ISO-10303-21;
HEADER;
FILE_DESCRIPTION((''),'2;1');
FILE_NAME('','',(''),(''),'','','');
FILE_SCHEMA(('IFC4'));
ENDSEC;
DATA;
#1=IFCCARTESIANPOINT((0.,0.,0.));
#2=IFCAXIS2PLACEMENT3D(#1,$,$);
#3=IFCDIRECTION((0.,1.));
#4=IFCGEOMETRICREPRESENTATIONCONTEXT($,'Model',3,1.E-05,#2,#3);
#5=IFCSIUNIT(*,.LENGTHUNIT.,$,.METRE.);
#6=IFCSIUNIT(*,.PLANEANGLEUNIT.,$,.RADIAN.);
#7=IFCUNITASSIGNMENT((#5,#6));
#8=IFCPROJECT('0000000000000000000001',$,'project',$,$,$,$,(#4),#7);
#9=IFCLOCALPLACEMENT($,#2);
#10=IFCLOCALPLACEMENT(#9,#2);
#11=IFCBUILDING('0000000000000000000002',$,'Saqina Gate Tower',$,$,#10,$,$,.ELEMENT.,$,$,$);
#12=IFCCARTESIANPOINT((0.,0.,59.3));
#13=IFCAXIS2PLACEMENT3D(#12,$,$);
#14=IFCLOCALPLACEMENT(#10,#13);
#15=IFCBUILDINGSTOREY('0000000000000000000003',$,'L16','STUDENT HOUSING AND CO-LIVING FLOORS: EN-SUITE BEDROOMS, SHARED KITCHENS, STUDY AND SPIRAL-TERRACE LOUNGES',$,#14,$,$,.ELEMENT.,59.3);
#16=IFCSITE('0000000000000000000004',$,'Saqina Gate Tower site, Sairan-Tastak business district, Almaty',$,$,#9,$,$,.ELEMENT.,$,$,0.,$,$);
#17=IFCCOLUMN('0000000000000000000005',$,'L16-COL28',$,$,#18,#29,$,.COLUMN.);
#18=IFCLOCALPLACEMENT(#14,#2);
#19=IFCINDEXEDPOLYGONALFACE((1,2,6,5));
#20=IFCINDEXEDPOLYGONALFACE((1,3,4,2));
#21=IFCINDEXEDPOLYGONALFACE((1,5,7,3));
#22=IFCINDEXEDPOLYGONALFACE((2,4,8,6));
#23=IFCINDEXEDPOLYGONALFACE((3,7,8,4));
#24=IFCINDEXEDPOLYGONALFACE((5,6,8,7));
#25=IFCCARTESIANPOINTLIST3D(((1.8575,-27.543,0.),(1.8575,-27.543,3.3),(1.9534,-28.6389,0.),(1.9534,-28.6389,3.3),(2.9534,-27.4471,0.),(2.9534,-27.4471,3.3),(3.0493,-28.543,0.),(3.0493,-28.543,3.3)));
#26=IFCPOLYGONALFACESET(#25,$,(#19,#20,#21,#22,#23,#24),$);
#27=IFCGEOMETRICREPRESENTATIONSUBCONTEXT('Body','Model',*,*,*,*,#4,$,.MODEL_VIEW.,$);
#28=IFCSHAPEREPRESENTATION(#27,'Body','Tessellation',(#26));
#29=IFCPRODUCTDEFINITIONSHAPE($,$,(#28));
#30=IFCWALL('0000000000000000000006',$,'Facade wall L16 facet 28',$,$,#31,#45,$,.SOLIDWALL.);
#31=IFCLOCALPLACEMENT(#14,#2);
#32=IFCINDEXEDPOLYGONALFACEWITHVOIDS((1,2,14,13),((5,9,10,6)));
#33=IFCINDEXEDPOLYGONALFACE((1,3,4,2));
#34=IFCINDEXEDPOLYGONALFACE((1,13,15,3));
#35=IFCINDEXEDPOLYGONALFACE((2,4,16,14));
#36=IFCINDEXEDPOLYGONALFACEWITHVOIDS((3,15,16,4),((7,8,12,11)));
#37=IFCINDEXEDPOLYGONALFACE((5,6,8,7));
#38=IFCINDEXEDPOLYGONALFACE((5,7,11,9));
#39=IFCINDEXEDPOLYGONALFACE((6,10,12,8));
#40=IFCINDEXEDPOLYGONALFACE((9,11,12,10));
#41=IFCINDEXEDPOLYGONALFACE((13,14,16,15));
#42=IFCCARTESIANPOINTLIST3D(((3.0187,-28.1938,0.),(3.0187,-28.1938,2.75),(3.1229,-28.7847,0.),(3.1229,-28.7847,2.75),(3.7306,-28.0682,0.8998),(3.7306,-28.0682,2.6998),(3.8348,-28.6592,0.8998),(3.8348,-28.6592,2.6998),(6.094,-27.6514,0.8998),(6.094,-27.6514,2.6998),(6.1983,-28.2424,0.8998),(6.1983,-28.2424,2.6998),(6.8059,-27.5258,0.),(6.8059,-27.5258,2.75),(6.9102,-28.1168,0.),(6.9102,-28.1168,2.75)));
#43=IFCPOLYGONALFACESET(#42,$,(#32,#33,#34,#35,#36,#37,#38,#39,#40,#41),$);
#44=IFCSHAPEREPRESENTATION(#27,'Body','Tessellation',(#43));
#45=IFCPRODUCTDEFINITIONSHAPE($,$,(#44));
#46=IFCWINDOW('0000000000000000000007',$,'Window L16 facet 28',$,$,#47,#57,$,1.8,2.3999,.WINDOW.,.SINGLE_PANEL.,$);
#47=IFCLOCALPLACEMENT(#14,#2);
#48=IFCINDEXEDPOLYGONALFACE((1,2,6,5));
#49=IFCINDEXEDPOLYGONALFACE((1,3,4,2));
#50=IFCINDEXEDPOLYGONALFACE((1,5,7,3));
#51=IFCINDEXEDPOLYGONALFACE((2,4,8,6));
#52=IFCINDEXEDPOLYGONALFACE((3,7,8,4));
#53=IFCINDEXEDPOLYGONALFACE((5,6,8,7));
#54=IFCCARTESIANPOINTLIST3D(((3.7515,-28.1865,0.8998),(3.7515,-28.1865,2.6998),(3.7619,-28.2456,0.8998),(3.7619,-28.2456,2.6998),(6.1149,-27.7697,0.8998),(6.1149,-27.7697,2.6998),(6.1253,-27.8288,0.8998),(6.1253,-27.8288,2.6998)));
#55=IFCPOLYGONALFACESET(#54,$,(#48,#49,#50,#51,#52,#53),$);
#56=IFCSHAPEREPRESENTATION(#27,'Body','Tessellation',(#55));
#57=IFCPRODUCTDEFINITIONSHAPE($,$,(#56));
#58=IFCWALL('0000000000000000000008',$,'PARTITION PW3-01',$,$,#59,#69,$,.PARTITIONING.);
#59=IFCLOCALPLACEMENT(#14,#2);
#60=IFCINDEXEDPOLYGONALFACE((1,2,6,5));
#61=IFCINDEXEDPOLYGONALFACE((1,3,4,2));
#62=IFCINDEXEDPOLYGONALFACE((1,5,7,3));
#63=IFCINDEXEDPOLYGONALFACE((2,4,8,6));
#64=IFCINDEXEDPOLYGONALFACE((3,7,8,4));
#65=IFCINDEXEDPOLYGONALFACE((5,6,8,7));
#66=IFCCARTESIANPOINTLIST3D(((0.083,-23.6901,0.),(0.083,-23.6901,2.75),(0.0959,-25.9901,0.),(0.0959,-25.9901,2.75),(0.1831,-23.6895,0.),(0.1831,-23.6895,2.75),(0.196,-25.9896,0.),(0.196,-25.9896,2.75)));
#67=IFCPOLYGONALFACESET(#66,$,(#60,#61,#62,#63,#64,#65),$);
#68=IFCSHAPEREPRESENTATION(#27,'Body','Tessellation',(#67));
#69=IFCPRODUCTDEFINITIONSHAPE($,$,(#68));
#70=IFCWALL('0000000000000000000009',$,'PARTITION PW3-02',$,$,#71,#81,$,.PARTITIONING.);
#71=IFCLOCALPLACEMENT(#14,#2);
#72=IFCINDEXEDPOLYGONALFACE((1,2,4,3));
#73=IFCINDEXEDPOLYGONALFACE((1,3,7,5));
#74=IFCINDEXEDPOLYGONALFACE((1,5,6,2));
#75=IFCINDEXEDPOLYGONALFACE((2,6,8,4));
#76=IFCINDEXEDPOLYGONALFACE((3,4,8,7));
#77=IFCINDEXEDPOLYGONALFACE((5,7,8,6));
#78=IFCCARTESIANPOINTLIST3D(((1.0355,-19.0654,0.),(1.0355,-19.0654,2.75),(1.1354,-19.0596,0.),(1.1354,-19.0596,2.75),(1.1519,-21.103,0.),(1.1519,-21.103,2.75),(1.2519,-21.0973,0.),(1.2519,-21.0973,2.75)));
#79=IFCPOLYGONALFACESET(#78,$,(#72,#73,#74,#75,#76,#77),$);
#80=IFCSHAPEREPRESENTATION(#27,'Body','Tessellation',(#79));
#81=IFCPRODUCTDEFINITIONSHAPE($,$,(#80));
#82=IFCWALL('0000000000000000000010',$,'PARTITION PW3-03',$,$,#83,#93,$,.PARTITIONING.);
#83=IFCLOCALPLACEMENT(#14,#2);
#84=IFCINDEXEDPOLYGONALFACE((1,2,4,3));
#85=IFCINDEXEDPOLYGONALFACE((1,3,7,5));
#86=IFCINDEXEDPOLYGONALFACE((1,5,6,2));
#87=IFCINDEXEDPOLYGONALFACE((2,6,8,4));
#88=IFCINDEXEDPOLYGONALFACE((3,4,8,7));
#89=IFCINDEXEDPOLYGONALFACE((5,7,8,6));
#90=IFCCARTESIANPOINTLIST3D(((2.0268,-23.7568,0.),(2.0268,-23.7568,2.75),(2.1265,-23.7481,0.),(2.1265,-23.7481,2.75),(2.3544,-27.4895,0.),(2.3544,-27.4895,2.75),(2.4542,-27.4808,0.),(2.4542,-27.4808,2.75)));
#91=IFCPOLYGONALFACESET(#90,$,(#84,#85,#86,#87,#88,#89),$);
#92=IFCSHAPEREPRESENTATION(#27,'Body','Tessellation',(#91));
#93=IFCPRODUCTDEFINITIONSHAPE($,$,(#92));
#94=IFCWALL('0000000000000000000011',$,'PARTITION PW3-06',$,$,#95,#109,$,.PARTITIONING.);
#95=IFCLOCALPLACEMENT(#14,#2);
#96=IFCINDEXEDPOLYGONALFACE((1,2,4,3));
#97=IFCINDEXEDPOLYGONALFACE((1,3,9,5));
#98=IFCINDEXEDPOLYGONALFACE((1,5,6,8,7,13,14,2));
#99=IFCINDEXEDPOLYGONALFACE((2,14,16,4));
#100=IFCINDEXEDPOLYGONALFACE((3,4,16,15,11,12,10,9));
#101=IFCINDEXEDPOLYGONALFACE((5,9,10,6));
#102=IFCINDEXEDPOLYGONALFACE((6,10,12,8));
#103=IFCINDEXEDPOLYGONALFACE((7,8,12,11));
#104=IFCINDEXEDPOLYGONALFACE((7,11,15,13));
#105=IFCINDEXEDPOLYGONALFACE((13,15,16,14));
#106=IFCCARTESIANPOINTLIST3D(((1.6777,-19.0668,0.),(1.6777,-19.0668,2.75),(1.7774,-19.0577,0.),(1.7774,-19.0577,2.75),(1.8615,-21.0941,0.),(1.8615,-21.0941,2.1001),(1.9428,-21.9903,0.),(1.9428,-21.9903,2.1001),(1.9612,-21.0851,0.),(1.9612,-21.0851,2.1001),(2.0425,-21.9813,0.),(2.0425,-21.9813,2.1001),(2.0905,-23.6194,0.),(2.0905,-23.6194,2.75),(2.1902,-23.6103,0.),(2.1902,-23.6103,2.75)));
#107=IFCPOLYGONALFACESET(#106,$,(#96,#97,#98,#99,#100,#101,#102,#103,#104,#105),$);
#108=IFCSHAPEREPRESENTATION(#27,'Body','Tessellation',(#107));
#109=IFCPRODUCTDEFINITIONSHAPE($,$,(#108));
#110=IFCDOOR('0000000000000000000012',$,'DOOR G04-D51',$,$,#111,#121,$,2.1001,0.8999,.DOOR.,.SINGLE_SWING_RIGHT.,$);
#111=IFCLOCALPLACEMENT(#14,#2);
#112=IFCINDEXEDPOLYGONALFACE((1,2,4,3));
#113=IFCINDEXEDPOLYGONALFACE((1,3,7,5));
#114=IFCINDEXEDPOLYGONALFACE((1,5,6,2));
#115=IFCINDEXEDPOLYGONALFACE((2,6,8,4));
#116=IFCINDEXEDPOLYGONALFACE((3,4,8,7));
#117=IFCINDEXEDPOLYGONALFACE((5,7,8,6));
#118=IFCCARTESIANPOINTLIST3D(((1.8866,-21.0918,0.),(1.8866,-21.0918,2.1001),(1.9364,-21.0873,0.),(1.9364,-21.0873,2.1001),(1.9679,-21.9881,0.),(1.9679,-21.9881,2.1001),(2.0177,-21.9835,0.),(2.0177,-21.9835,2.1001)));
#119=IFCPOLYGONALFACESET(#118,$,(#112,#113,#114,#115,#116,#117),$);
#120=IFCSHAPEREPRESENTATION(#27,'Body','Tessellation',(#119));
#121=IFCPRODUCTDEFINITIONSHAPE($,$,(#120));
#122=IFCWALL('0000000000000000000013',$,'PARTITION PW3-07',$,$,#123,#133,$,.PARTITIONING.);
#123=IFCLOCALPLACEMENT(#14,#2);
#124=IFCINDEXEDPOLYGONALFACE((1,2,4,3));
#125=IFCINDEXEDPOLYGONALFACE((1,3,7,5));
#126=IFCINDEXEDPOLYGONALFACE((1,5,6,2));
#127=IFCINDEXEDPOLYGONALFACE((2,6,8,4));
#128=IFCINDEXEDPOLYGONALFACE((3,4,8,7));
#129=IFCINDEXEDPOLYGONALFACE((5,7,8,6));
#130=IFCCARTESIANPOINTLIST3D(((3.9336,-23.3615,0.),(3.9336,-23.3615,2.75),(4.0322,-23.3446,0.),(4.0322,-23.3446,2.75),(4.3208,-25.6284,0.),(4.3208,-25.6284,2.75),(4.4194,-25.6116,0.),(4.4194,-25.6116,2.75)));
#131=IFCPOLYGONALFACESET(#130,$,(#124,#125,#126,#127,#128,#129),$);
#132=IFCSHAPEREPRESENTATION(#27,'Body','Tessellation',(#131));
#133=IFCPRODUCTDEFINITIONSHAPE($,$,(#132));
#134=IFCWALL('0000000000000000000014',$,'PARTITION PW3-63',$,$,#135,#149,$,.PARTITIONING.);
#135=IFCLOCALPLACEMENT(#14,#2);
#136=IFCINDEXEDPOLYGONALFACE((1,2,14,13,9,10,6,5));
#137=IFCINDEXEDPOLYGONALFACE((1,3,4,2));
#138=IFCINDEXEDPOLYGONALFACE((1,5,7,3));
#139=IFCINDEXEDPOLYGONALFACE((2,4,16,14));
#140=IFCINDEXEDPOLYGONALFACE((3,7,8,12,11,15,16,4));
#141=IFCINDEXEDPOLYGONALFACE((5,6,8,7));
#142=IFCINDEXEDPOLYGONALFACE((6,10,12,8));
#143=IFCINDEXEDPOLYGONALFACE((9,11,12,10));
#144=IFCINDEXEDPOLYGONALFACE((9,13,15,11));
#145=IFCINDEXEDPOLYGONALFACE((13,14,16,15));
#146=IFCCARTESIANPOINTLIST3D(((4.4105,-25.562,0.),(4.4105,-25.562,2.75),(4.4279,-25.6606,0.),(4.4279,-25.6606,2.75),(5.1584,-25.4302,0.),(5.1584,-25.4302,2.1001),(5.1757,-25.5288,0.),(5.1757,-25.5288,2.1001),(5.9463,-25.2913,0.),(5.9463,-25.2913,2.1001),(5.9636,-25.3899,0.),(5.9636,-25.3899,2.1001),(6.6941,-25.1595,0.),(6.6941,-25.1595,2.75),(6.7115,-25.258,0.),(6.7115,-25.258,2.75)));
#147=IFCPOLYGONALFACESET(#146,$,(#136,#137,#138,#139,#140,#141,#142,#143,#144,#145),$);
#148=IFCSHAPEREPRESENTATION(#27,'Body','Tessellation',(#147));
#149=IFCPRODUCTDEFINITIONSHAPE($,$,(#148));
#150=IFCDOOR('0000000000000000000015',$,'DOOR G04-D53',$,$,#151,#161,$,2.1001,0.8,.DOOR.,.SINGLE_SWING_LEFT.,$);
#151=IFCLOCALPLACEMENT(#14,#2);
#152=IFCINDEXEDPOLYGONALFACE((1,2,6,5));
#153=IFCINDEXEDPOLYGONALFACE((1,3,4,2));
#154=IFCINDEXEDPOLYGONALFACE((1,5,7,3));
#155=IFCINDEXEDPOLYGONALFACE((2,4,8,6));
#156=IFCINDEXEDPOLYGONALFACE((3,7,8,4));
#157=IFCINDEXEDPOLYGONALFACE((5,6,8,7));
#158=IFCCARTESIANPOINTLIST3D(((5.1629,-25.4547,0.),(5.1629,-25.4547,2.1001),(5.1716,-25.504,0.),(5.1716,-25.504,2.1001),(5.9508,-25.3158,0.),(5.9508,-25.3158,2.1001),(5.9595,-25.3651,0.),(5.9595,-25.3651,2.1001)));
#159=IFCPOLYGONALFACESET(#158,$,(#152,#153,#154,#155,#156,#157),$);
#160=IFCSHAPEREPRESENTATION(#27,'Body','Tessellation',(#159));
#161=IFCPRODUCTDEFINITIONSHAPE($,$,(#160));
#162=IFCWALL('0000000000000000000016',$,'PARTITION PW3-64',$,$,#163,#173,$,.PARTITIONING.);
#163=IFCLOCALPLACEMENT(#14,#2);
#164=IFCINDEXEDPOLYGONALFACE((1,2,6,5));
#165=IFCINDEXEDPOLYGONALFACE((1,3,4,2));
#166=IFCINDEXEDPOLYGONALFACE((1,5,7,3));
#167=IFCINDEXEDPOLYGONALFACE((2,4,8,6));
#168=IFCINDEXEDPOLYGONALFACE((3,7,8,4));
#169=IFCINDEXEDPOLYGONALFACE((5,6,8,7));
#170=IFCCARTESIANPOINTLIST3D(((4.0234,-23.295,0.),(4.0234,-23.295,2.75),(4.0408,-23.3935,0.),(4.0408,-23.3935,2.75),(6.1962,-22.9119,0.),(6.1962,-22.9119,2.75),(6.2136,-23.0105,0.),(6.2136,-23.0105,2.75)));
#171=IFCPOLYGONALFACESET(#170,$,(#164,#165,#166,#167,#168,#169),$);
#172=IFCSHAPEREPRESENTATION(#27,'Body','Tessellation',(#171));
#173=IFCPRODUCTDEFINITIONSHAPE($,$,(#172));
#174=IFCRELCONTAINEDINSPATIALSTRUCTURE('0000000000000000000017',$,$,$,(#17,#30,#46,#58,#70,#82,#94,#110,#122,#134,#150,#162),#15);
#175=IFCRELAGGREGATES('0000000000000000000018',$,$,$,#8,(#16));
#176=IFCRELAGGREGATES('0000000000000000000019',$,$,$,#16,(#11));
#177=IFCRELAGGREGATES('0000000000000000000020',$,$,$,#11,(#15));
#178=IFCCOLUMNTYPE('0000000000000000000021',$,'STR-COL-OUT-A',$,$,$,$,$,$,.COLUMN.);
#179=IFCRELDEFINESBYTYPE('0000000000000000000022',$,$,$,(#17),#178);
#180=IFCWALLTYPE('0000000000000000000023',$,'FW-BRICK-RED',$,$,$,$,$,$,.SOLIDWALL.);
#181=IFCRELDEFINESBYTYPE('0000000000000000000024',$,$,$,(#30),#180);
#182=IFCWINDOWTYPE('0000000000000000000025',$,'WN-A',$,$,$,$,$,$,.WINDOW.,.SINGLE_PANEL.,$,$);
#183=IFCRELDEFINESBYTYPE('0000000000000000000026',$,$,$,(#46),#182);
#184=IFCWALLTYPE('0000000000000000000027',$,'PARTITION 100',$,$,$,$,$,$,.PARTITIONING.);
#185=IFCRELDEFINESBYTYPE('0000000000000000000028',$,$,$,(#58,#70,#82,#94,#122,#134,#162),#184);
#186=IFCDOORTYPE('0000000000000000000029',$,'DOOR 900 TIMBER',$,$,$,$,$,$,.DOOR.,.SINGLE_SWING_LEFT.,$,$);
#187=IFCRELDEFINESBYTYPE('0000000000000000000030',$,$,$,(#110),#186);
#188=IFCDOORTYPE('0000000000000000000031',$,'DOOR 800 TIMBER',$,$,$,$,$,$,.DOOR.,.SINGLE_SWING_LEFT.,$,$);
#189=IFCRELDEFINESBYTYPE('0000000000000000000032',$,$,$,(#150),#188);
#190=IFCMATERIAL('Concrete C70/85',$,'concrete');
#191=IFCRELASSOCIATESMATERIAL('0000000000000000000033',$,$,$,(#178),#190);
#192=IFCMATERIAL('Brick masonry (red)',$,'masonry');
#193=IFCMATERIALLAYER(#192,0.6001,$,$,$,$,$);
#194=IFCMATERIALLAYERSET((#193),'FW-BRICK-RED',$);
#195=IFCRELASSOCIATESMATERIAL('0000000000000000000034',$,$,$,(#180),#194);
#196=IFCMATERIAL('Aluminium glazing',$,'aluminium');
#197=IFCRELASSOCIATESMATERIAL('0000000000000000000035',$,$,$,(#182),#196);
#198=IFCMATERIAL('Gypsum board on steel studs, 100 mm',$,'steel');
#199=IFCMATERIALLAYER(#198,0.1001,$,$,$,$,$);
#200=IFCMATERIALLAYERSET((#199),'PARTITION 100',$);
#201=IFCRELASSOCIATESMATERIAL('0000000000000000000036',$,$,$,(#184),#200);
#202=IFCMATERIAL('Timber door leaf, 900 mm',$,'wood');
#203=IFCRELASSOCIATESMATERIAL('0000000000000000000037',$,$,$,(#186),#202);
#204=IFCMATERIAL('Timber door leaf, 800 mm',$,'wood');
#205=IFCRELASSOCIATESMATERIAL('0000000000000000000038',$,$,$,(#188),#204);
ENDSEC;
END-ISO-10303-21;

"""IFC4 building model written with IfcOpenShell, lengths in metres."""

from ifc_helpers import new_model, si_unit, direction, frame, frame_2d, origin, origin_2d, place, context, subcontext, project, spatial, rectangle, extrude, material, layer, layer_set, material_profile, profile_set, type_object, element, fill, save


model = new_model("IFC4")

# Units and contexts
model_context = context("Model", 3, precision=1e-05, world=origin(), true_north=direction((0.0, 1.0)))
body_context = subcontext(model_context, "Body", "Model", "MODEL_VIEW")
ifc_project = project(units=[si_unit("LENGTHUNIT", "METRE"), si_unit("PLANEANGLEUNIT", "RADIAN")], contexts=[model_context])

# Site, building, storey
site_placement = place(None, origin())
site = spatial("IfcSite", under=ifc_project, at=site_placement, Name="Saqina Gate Tower site, Sairan-Tastak business district, Almaty", CompositionType="ELEMENT", RefElevation=0.0)
building_placement = place(site_placement, origin())
building = spatial("IfcBuilding", under=site, at=building_placement, Name="Saqina Gate Tower", CompositionType="ELEMENT")
storey_placement = place(building_placement, frame((0.0, 0.0, 59.3)))
storey = spatial("IfcBuildingStorey", under=building, at=storey_placement, Name="L16", Description="STUDENT HOUSING AND CO-LIVING FLOORS: EN-SUITE BEDROOMS, SHARED KITCHENS, STUDY AND SPIRAL-TERRACE LOUNGES", CompositionType="ELEMENT", Elevation=59.3)

# Column
ifc_material_1 = material(Name="Concrete C70/85", Category="concrete")
ifc_material_profile = material_profile(ifc_material_1, rectangle(XDim=1.1001, YDim=1.1001, at=origin_2d()), Name="RC 1100x1100")
ifc_profile_set = profile_set([ifc_material_profile], Name="Concrete C70/85")
column_type = type_object("IfcColumnType", Name="STR-COL-OUT-A", PredefinedType="COLUMN", material=ifc_profile_set)
column_placement = place(storey_placement, frame((2.4534, -28.043, 0.0), z_axis=(0.0, 0.0, 1.0), x_axis=(0.087156, -0.996195, 0.0)))
element("IfcColumn", 1, at=column_placement, inside=storey, type_object=column_type, Name="L16-COL28", PredefinedType="COLUMN", context=body_context, shape_type="SweptSolid", body=[
    extrude(rectangle(XDim=1.1001, YDim=1.1001, at=origin_2d()), origin(), (0.0, 0.0, 1.0), 3.3),
])

# Wall, opening, window
ifc_material_2 = material(Name="Brick masonry (red)", Category="masonry")
ifc_layer_1 = layer(ifc_material_2, 0.6001)
ifc_layer_set_1 = layer_set([ifc_layer_1], Name="FW-BRICK-RED")
wall_type_1 = type_object("IfcWallType", Name="FW-BRICK-RED", PredefinedType="SOLIDWALL", material=ifc_layer_set_1)
wall_1_placement = place(storey_placement, frame((3.0708, -28.4893, 0.0), z_axis=(0.0, 0.0, 1.0), x_axis=(0.984801, 0.173688, 0.0)))
wall_1 = element("IfcWall", 2, at=wall_1_placement, inside=storey, type_object=wall_type_1, Name="Facade wall L16 facet 28", PredefinedType="SOLIDWALL", context=body_context, shape_type="SweptSolid", body=[
    extrude(rectangle(XDim=3.8457, YDim=0.6001, at=frame_2d((1.9229, 0.0))), origin(), (0.0, 0.0, 1.0), 2.75),
])
opening_1_placement = place(wall_1_placement, frame((0.7229, 0.0, 0.8999)))
opening_1 = element("IfcOpeningElement", 3, at=opening_1_placement, cuts=wall_1, PredefinedType="OPENING", context=body_context, shape_type="SweptSolid", body=[
    extrude(rectangle(XDim=2.3999, YDim=1.8, at=frame_2d((1.2, 0.8999))), frame((0.0, 0.312, 0.0), z_axis=(0.0, -1.0, 0.0), x_axis=(1.0, 0.0, 0.0)), (0.0, 0.0, 1.0), 0.624),
])
ifc_material_3 = material(Name="Aluminium glazing", Category="aluminium")
window_type = type_object("IfcWindowType", Name="WN-A", PartitioningType="SINGLE_PANEL", PredefinedType="WINDOW", material=ifc_material_3)
window_placement = place(opening_1_placement, origin())
window = element("IfcWindow", 4, at=window_placement, inside=storey, type_object=window_type, Name="Window L16 facet 28", OverallHeight=1.8, OverallWidth=2.3999, PartitioningType="SINGLE_PANEL", PredefinedType="WINDOW", context=body_context, shape_type="SweptSolid", body=[
    extrude(rectangle(XDim=2.3999, YDim=1.8, at=frame_2d((1.2, 0.8999))), frame((0.0, 0.1799, 0.0), z_axis=(0.0, -1.0, 0.0), x_axis=(1.0, 0.0, 0.0)), (0.0, 0.0, 1.0), 0.0601),
])
fill(opening_1, window)

# Walls
ifc_material_4 = material(Name="Gypsum board on steel studs, 100 mm", Category="steel")
ifc_layer_2 = layer(ifc_material_4, 0.1001)
ifc_layer_set_2 = layer_set([ifc_layer_2], Name="PARTITION 100")
wall_type_2 = type_object("IfcWallType", Name="PARTITION 100", PredefinedType="PARTITIONING", material=ifc_layer_set_2)
wall_2_placement = place(storey_placement, frame((0.1331, -23.6899, 0.0), z_axis=(0.0, 0.0, 1.0), x_axis=(0.005626, -0.999984, 0.0)))
element("IfcWall", 5, at=wall_2_placement, inside=storey, type_object=wall_type_2, Name="PARTITION PW3-01", PredefinedType="PARTITIONING", context=body_context, shape_type="SweptSolid", body=[
    extrude(rectangle(XDim=2.3, YDim=0.1001, at=frame_2d((1.1499, 0.0))), origin(), (0.0, 0.0, 1.0), 2.75),
])
wall_3_placement = place(storey_placement, frame((1.0854, -19.0625, 0.0), z_axis=(0.0, 0.0, 1.0), x_axis=(0.05706, -0.998371, 0.0)))
element("IfcWall", 6, at=wall_3_placement, inside=storey, type_object=wall_type_2, Name="PARTITION PW3-02", PredefinedType="PARTITIONING", context=body_context, shape_type="SweptSolid", body=[
    extrude(rectangle(XDim=2.041, YDim=0.1001, at=frame_2d((1.0205, 0.0))), origin(), (0.0, 0.0, 1.0), 2.75),
])
wall_4_placement = place(storey_placement, frame((2.0767, -23.7524, 0.0), z_axis=(0.0, 0.0, 1.0), x_axis=(0.087439, -0.99617, 0.0)))
element("IfcWall", 7, at=wall_4_placement, inside=storey, type_object=wall_type_2, Name="PARTITION PW3-03", PredefinedType="PARTITIONING", context=body_context, shape_type="SweptSolid", body=[
    extrude(rectangle(XDim=3.7471, YDim=0.1001, at=frame_2d((1.8735, 0.0))), origin(), (0.0, 0.0, 1.0), 2.75),
])

# Wall, opening, door
wall_5_placement = place(storey_placement, frame((1.7275, -19.0623, 0.0), z_axis=(0.0, 0.0, 1.0), x_axis=(0.090314, -0.995913, 0.0)))
wall_5 = element("IfcWall", 8, at=wall_5_placement, inside=storey, type_object=wall_type_2, Name="PARTITION PW3-06", PredefinedType="PARTITIONING", context=body_context, shape_type="SweptSolid", body=[
    extrude(rectangle(XDim=4.5713, YDim=0.1001, at=frame_2d((2.2856, 0.0))), origin(), (0.0, 0.0, 1.0), 2.75),
])
opening_2_placement = place(wall_5_placement, frame((2.0356, 0.0, 0.0)))
opening_2 = element("IfcOpeningElement", 9, at=opening_2_placement, cuts=wall_5, PredefinedType="OPENING", context=body_context, shape_type="SweptSolid", body=[
    extrude(rectangle(XDim=0.8999, YDim=2.1001, at=frame_2d((0.45, 1.05))), frame((0.0, 0.062, 0.0), z_axis=(0.0, -1.0, 0.0), x_axis=(1.0, 0.0, 0.0)), (0.0, 0.0, 1.0), 0.124),
])
ifc_material_5 = material(Name="Timber door leaf, 900 mm", Category="wood")
door_type_1 = type_object("IfcDoorType", Name="DOOR 900 TIMBER", OperationType="SINGLE_SWING_LEFT", PredefinedType="DOOR", material=ifc_material_5)
door_1_placement = place(opening_2_placement, frame((0.8999, 0.0, 0.0), z_axis=(0.0, 0.0, 1.0), x_axis=(-1.0, 0.0, 0.0)))
door_1 = element("IfcDoor", 10, at=door_1_placement, inside=storey, type_object=door_type_1, Name="DOOR G04-D51", OperationType="SINGLE_SWING_RIGHT", OverallHeight=2.1001, OverallWidth=0.8999, PredefinedType="DOOR", context=body_context, shape_type="SweptSolid", body=[
    extrude(rectangle(XDim=0.8999, YDim=2.1001, at=frame_2d((0.45, 1.05))), frame((0.0, 0.0249, 0.0), z_axis=(0.0, -1.0, 0.0), x_axis=(1.0, 0.0, 0.0)), (0.0, 0.0, 1.0), 0.05),
])
fill(opening_2, door_1)

# Wall
wall_6_placement = place(storey_placement, frame((3.9829, -23.353, 0.0), z_axis=(0.0, 0.0, 1.0), x_axis=(0.168357, -0.985726, 0.0)))
element("IfcWall", 11, at=wall_6_placement, inside=storey, type_object=wall_type_2, Name="PARTITION PW3-07", PredefinedType="PARTITIONING", context=body_context, shape_type="SweptSolid", body=[
    extrude(rectangle(XDim=2.2998, YDim=0.1001, at=frame_2d((1.1499, 0.0))), origin(), (0.0, 0.0, 1.0), 2.75),
])

# Wall, opening, door
wall_7_placement = place(storey_placement, frame((4.4192, -25.6113, 0.0), z_axis=(0.0, 0.0, 1.0), x_axis=(0.984814, 0.173611, 0.0)))
wall_7 = element("IfcWall", 12, at=wall_7_placement, inside=storey, type_object=wall_type_2, Name="PARTITION PW3-63", PredefinedType="PARTITIONING", context=body_context, shape_type="SweptSolid", body=[
    extrude(rectangle(XDim=2.3188, YDim=0.1001, at=frame_2d((1.1594, 0.0))), origin(), (0.0, 0.0, 1.0), 2.75),
])
opening_3_placement = place(wall_7_placement, frame((0.7595, 0.0, 0.0)))
opening_3 = element("IfcOpeningElement", 13, at=opening_3_placement, cuts=wall_7, PredefinedType="OPENING", context=body_context, shape_type="SweptSolid", body=[
    extrude(rectangle(XDim=0.8, YDim=2.1001, at=frame_2d((0.3999, 1.05))), frame((0.0, 0.062, 0.0), z_axis=(0.0, -1.0, 0.0), x_axis=(1.0, 0.0, 0.0)), (0.0, 0.0, 1.0), 0.124),
])
ifc_material_6 = material(Name="Timber door leaf, 800 mm", Category="wood")
door_type_2 = type_object("IfcDoorType", Name="DOOR 800 TIMBER", OperationType="SINGLE_SWING_LEFT", PredefinedType="DOOR", material=ifc_material_6)
door_2_placement = place(opening_3_placement, frame((0.8, 0.0, 0.0), z_axis=(0.0, 0.0, 1.0), x_axis=(-1.0, 0.0, 0.0)))
door_2 = element("IfcDoor", 14, at=door_2_placement, inside=storey, type_object=door_type_2, Name="DOOR G04-D53", OperationType="SINGLE_SWING_LEFT", OverallHeight=2.1001, OverallWidth=0.8, PredefinedType="DOOR", context=body_context, shape_type="SweptSolid", body=[
    extrude(rectangle(XDim=0.8, YDim=2.1001, at=frame_2d((0.3999, 1.05))), frame((0.0, 0.0249, 0.0), z_axis=(0.0, -1.0, 0.0), x_axis=(1.0, 0.0, 0.0)), (0.0, 0.0, 1.0), 0.05),
])
fill(opening_3, door_2)

# Wall
wall_8_placement = place(storey_placement, frame((4.0322, -23.3442, 0.0), z_axis=(0.0, 0.0, 1.0), x_axis=(0.984814, 0.173615, 0.0)))
element("IfcWall", 15, at=wall_8_placement, inside=storey, type_object=wall_type_2, Name="PARTITION PW3-64", PredefinedType="PARTITIONING", context=body_context, shape_type="SweptSolid", body=[
    extrude(rectangle(XDim=2.2063, YDim=0.1001, at=frame_2d((1.103, 0.0))), origin(), (0.0, 0.0, 1.0), 2.75),
])

save(model, "model.ifc")
